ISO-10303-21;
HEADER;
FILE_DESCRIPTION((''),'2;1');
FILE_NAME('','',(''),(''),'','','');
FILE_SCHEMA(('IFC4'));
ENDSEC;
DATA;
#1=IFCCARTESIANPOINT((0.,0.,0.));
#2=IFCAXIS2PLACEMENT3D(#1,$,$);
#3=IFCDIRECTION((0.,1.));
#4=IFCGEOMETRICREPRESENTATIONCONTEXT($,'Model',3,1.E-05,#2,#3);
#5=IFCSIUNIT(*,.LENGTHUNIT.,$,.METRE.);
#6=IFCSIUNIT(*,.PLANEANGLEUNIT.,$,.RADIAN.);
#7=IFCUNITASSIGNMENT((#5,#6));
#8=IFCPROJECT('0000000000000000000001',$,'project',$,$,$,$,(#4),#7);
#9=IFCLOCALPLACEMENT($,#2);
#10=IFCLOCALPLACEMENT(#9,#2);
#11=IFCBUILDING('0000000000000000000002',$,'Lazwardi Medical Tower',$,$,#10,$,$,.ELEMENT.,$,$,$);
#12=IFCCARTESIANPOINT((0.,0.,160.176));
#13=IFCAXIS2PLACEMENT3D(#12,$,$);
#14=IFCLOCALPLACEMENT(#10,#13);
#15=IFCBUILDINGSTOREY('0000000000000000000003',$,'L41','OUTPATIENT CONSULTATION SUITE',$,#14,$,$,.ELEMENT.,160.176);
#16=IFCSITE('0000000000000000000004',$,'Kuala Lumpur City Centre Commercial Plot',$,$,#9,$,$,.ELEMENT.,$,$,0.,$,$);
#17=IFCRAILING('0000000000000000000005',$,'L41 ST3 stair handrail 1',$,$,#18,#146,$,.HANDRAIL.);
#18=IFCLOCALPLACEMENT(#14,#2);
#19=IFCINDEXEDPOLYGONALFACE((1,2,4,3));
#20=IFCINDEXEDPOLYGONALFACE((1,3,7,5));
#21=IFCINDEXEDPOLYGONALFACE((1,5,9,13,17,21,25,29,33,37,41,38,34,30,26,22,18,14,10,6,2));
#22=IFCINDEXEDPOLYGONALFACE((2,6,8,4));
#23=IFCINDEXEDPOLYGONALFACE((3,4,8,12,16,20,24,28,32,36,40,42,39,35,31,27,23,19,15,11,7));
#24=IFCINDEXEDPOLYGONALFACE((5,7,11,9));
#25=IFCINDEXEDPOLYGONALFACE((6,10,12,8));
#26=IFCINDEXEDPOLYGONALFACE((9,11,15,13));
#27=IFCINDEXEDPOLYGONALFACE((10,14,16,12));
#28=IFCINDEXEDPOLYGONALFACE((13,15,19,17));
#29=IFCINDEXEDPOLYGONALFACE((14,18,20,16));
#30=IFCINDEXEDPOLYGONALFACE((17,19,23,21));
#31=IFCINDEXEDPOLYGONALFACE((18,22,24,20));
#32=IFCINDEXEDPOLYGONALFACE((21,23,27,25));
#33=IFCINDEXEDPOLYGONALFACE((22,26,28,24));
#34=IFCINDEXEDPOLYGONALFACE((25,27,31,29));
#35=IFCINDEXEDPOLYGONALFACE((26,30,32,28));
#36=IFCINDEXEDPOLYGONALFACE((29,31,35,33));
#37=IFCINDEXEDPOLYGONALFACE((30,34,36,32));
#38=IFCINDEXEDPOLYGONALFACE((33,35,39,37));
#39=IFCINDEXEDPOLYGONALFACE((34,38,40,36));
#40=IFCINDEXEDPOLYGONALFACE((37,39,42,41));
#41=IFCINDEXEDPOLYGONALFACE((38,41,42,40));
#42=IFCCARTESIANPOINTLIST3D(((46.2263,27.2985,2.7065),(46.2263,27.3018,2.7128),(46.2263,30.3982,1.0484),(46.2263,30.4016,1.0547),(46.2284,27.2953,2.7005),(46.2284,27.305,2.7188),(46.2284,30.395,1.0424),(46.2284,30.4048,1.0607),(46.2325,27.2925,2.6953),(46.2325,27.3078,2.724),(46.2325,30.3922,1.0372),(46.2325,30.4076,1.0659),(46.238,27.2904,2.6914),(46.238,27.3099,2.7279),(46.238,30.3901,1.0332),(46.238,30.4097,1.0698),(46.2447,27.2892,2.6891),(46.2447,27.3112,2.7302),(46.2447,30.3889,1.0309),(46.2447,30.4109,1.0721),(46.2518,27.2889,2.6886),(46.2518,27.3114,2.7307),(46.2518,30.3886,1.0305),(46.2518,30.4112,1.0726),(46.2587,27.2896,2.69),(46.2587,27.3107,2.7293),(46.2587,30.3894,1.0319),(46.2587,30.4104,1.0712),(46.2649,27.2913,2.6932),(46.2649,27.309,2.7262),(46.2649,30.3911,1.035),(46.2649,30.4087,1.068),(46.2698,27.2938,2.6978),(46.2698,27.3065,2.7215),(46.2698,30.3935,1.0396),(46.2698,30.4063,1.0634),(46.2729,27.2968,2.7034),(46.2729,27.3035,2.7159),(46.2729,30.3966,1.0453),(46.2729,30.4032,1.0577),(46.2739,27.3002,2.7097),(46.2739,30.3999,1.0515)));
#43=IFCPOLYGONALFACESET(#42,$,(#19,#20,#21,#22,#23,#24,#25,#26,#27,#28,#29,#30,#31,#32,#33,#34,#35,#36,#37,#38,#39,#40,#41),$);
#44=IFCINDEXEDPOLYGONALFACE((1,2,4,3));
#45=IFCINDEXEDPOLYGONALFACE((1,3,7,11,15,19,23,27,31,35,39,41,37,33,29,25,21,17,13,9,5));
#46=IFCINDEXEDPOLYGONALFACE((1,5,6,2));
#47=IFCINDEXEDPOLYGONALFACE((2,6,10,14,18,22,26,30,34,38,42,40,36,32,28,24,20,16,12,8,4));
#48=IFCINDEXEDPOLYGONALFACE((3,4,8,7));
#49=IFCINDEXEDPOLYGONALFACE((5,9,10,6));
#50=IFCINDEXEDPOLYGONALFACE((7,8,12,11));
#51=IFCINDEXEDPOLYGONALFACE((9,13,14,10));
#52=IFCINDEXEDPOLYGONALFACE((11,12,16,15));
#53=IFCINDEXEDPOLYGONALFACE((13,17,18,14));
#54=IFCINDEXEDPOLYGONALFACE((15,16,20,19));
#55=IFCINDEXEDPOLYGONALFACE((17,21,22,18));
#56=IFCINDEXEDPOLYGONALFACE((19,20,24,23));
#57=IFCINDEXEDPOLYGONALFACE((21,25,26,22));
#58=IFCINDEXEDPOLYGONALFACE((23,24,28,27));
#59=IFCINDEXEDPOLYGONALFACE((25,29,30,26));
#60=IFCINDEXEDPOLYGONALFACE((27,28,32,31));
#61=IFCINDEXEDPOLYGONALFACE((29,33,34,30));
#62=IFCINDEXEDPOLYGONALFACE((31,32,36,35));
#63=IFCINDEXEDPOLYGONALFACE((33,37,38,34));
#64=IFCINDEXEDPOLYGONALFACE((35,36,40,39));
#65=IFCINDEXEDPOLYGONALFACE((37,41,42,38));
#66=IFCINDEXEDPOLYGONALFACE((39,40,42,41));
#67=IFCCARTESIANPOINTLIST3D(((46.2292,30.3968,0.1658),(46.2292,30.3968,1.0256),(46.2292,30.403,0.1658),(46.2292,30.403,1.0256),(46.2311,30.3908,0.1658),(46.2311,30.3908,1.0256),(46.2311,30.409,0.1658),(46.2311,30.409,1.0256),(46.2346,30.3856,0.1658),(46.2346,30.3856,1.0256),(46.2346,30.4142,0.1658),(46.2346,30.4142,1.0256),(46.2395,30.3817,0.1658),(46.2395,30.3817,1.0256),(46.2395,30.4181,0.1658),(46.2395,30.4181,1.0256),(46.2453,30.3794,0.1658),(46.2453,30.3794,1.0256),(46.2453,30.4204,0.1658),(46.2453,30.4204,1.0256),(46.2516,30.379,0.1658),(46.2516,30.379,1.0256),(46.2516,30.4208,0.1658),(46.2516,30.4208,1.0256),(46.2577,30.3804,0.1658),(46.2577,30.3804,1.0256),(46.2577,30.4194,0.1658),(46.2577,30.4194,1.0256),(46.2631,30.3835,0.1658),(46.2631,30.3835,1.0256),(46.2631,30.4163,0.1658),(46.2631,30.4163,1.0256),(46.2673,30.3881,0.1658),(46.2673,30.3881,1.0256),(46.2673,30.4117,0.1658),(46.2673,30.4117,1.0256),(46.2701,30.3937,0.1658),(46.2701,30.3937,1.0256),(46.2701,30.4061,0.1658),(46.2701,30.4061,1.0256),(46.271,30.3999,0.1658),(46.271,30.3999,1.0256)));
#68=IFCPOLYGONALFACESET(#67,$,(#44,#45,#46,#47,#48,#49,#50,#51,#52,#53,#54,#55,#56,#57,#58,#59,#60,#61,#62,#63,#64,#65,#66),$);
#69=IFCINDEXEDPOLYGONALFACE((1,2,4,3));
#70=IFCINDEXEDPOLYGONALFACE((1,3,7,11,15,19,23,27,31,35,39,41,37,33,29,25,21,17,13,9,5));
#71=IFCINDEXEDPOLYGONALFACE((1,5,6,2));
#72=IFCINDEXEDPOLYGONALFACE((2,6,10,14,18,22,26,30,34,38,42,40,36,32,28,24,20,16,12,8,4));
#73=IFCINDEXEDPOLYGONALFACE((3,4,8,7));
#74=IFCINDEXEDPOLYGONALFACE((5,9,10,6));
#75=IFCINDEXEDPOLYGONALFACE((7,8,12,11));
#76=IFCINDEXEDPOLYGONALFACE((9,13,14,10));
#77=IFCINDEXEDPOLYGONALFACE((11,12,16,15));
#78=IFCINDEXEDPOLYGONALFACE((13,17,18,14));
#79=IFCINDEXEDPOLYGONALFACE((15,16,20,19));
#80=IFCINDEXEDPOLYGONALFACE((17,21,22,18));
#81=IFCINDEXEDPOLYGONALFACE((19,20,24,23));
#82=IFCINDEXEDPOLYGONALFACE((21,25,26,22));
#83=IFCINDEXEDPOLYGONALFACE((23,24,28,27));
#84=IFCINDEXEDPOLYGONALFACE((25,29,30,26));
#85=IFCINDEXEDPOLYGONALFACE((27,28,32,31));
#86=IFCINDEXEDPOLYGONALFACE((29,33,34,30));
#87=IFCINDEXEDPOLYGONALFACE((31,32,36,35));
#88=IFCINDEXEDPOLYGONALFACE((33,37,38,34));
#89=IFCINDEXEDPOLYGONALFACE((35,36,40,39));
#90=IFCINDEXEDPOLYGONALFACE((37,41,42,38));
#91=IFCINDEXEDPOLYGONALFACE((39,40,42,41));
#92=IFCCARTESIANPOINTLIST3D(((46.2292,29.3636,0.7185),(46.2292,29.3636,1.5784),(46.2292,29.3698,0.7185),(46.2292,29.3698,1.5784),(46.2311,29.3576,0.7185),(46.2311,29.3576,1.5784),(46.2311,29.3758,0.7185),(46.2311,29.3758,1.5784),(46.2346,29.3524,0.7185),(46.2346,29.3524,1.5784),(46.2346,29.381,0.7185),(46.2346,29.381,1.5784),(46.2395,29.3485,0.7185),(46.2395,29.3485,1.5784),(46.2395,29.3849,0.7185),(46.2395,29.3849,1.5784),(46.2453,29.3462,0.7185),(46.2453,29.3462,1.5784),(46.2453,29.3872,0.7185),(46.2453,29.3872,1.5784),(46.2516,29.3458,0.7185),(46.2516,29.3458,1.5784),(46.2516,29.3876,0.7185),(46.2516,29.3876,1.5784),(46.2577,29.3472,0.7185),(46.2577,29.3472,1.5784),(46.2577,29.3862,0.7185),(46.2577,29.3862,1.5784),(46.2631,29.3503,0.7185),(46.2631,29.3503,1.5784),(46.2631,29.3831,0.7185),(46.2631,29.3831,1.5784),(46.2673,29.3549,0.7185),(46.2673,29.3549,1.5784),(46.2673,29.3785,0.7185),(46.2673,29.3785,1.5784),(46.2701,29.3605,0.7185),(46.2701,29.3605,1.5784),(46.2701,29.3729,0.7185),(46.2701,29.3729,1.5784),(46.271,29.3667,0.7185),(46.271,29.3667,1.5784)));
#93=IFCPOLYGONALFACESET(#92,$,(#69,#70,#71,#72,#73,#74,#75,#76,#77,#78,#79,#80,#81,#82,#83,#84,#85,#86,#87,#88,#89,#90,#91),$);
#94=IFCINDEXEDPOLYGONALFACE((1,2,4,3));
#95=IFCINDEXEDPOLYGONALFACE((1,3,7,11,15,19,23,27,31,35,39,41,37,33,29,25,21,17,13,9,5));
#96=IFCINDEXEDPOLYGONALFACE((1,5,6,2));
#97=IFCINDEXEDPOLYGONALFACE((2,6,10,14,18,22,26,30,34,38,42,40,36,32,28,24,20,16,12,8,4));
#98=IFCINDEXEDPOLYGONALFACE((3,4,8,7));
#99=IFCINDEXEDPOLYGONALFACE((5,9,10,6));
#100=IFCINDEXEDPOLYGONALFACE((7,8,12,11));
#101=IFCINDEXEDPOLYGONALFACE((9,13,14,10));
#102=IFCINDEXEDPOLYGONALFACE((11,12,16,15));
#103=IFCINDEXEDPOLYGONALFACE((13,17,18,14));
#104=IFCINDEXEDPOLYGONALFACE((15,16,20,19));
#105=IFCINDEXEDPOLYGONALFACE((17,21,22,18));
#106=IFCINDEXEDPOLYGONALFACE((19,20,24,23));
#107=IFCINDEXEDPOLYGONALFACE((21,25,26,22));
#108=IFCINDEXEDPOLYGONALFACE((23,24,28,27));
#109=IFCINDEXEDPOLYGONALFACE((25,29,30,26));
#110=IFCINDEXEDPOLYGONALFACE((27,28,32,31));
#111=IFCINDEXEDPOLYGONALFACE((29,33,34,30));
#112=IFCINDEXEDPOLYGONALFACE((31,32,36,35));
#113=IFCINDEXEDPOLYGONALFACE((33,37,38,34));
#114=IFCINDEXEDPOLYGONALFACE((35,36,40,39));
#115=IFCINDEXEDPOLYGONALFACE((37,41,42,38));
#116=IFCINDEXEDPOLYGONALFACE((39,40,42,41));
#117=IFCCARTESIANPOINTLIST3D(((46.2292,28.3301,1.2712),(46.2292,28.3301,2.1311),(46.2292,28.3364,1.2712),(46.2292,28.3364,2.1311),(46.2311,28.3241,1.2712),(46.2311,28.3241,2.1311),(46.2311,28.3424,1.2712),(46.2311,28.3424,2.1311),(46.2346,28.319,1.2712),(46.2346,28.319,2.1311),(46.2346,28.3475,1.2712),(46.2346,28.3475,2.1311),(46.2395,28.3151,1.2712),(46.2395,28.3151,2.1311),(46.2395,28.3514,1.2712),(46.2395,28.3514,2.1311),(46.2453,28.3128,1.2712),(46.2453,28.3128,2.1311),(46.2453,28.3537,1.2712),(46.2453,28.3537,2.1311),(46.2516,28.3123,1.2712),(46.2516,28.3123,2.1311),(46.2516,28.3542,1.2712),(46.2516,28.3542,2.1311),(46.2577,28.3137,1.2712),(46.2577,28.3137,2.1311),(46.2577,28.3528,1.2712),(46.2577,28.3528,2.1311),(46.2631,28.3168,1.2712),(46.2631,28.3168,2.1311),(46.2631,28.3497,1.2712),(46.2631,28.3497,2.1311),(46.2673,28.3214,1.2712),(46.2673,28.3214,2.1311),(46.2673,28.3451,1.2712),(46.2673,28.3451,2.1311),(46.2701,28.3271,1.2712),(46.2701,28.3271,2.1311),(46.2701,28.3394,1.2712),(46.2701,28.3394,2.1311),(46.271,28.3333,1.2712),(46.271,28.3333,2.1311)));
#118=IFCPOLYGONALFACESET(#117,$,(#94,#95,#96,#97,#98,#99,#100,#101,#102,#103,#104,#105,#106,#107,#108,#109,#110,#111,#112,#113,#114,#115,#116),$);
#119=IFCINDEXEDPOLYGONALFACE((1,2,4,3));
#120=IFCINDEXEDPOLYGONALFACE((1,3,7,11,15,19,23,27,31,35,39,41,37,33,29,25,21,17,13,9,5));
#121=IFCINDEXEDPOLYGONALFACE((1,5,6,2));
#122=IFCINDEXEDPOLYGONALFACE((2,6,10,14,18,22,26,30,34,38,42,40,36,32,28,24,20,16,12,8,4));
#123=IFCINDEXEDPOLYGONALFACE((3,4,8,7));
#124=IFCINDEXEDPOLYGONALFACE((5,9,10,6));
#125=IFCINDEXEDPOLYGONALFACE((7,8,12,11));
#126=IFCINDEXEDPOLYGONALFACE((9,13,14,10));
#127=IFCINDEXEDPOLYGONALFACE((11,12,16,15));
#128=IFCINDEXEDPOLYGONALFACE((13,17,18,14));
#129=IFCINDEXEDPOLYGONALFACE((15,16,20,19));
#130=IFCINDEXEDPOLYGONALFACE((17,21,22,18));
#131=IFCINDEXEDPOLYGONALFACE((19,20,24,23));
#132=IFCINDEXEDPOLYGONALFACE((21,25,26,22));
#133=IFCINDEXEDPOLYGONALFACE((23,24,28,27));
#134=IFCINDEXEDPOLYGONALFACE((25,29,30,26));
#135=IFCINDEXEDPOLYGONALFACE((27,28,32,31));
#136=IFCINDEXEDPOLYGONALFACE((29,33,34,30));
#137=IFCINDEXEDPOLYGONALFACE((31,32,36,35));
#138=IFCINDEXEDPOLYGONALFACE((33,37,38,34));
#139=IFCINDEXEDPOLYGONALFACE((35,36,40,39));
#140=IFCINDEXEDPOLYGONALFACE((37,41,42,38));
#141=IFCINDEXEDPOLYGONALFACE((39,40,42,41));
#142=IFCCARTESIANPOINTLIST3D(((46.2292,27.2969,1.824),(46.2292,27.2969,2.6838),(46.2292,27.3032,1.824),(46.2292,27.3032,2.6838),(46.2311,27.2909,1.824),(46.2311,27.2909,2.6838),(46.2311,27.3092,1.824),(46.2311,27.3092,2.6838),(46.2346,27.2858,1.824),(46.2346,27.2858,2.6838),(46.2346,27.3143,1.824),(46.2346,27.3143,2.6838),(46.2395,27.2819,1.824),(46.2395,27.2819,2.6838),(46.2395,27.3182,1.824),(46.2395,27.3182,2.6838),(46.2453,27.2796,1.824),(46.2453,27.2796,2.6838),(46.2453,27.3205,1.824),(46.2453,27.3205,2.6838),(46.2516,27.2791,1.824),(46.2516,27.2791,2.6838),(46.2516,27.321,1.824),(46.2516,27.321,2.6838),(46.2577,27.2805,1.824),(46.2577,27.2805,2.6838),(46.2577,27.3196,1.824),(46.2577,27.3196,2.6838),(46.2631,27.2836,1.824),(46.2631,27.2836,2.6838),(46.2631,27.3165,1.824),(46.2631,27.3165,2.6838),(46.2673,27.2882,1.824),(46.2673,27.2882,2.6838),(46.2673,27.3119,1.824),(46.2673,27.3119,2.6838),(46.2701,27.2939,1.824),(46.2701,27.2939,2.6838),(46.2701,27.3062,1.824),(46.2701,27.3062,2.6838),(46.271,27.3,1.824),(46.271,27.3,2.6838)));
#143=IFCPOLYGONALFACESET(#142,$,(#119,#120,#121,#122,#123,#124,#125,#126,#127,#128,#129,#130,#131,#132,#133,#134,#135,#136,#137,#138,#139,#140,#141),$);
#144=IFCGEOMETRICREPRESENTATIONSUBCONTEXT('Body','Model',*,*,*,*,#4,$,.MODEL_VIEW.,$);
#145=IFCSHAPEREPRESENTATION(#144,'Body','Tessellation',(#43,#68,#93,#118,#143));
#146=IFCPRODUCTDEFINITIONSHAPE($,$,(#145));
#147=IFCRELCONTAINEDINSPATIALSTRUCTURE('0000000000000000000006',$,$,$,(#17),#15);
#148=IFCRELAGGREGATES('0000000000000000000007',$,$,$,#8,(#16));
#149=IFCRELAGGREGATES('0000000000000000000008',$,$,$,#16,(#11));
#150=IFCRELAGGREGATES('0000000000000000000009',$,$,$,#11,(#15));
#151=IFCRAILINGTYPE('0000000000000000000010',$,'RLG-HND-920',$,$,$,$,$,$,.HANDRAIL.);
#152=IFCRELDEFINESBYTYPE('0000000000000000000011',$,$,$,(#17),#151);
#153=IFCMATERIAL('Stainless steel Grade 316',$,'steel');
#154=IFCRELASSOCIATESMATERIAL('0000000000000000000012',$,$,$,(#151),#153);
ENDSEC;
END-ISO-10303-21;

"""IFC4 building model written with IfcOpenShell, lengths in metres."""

from ifc_helpers import new_model, si_unit, direction, frame, origin, origin_2d, place, context, subcontext, project, spatial, circle, extrude, material, type_object, element, save


model = new_model("IFC4")

# Units and contexts
model_context = context("Model", 3, precision=1e-05, world=origin(), true_north=direction((0.0, 1.0)))
body_context = subcontext(model_context, "Body", "Model", "MODEL_VIEW")
ifc_project = project(units=[si_unit("LENGTHUNIT", "METRE"), si_unit("PLANEANGLEUNIT", "RADIAN")], contexts=[model_context])

# Site, building, storey
site_placement = place(None, origin())
site = spatial("IfcSite", under=ifc_project, at=site_placement, Name="Kuala Lumpur City Centre Commercial Plot", CompositionType="ELEMENT", RefElevation=0.0)
building_placement = place(site_placement, origin())
building = spatial("IfcBuilding", under=site, at=building_placement, Name="Lazwardi Medical Tower", CompositionType="ELEMENT")
storey_placement = place(building_placement, frame((0.0, 0.0, 160.176)))
storey = spatial("IfcBuildingStorey", under=building, at=storey_placement, Name="L41", Description="OUTPATIENT CONSULTATION SUITE", CompositionType="ELEMENT", Elevation=160.176)

# Railing
ifc_material_1 = material(Name="Stainless steel Grade 316", Category="steel")
railing_type_1 = type_object("IfcRailingType", Name="RLG-HND-920", PredefinedType="HANDRAIL", material=ifc_material_1)
railing_1_placement = place(storey_placement, frame((46.25, 30.3999, 0.1658)))
element("IfcRailing", 1, at=railing_1_placement, inside=storey, type_object=railing_type_1, Name="L41 ST3 stair handrail 1", PredefinedType="HANDRAIL", context=body_context, shape_type="SweptSolid", body=[
    extrude(circle(Radius=0.0239, at=origin_2d()), frame((0.0, 0.0, 0.8857), z_axis=(0.0, -0.881768, 0.471684), x_axis=(1.0, 0.0, 0.0)), (0.0, 0.0, 1.0), 3.5154),
    extrude(circle(Radius=0.021, at=origin_2d()), origin(), (0.0, 0.0, 1.0), 0.8599),
    extrude(circle(Radius=0.021, at=origin_2d()), frame((0.0, -1.0332, 0.5527)), (0.0, 0.0, 1.0), 0.8599),
    extrude(circle(Radius=0.021, at=origin_2d()), frame((0.0, -2.0667, 1.1055)), (0.0, 0.0, 1.0), 0.8599),
    extrude(circle(Radius=0.021, at=origin_2d()), frame((0.0, -3.0999, 1.6582)), (0.0, 0.0, 1.0), 0.8599),
])

save(model, "model.ifc")
